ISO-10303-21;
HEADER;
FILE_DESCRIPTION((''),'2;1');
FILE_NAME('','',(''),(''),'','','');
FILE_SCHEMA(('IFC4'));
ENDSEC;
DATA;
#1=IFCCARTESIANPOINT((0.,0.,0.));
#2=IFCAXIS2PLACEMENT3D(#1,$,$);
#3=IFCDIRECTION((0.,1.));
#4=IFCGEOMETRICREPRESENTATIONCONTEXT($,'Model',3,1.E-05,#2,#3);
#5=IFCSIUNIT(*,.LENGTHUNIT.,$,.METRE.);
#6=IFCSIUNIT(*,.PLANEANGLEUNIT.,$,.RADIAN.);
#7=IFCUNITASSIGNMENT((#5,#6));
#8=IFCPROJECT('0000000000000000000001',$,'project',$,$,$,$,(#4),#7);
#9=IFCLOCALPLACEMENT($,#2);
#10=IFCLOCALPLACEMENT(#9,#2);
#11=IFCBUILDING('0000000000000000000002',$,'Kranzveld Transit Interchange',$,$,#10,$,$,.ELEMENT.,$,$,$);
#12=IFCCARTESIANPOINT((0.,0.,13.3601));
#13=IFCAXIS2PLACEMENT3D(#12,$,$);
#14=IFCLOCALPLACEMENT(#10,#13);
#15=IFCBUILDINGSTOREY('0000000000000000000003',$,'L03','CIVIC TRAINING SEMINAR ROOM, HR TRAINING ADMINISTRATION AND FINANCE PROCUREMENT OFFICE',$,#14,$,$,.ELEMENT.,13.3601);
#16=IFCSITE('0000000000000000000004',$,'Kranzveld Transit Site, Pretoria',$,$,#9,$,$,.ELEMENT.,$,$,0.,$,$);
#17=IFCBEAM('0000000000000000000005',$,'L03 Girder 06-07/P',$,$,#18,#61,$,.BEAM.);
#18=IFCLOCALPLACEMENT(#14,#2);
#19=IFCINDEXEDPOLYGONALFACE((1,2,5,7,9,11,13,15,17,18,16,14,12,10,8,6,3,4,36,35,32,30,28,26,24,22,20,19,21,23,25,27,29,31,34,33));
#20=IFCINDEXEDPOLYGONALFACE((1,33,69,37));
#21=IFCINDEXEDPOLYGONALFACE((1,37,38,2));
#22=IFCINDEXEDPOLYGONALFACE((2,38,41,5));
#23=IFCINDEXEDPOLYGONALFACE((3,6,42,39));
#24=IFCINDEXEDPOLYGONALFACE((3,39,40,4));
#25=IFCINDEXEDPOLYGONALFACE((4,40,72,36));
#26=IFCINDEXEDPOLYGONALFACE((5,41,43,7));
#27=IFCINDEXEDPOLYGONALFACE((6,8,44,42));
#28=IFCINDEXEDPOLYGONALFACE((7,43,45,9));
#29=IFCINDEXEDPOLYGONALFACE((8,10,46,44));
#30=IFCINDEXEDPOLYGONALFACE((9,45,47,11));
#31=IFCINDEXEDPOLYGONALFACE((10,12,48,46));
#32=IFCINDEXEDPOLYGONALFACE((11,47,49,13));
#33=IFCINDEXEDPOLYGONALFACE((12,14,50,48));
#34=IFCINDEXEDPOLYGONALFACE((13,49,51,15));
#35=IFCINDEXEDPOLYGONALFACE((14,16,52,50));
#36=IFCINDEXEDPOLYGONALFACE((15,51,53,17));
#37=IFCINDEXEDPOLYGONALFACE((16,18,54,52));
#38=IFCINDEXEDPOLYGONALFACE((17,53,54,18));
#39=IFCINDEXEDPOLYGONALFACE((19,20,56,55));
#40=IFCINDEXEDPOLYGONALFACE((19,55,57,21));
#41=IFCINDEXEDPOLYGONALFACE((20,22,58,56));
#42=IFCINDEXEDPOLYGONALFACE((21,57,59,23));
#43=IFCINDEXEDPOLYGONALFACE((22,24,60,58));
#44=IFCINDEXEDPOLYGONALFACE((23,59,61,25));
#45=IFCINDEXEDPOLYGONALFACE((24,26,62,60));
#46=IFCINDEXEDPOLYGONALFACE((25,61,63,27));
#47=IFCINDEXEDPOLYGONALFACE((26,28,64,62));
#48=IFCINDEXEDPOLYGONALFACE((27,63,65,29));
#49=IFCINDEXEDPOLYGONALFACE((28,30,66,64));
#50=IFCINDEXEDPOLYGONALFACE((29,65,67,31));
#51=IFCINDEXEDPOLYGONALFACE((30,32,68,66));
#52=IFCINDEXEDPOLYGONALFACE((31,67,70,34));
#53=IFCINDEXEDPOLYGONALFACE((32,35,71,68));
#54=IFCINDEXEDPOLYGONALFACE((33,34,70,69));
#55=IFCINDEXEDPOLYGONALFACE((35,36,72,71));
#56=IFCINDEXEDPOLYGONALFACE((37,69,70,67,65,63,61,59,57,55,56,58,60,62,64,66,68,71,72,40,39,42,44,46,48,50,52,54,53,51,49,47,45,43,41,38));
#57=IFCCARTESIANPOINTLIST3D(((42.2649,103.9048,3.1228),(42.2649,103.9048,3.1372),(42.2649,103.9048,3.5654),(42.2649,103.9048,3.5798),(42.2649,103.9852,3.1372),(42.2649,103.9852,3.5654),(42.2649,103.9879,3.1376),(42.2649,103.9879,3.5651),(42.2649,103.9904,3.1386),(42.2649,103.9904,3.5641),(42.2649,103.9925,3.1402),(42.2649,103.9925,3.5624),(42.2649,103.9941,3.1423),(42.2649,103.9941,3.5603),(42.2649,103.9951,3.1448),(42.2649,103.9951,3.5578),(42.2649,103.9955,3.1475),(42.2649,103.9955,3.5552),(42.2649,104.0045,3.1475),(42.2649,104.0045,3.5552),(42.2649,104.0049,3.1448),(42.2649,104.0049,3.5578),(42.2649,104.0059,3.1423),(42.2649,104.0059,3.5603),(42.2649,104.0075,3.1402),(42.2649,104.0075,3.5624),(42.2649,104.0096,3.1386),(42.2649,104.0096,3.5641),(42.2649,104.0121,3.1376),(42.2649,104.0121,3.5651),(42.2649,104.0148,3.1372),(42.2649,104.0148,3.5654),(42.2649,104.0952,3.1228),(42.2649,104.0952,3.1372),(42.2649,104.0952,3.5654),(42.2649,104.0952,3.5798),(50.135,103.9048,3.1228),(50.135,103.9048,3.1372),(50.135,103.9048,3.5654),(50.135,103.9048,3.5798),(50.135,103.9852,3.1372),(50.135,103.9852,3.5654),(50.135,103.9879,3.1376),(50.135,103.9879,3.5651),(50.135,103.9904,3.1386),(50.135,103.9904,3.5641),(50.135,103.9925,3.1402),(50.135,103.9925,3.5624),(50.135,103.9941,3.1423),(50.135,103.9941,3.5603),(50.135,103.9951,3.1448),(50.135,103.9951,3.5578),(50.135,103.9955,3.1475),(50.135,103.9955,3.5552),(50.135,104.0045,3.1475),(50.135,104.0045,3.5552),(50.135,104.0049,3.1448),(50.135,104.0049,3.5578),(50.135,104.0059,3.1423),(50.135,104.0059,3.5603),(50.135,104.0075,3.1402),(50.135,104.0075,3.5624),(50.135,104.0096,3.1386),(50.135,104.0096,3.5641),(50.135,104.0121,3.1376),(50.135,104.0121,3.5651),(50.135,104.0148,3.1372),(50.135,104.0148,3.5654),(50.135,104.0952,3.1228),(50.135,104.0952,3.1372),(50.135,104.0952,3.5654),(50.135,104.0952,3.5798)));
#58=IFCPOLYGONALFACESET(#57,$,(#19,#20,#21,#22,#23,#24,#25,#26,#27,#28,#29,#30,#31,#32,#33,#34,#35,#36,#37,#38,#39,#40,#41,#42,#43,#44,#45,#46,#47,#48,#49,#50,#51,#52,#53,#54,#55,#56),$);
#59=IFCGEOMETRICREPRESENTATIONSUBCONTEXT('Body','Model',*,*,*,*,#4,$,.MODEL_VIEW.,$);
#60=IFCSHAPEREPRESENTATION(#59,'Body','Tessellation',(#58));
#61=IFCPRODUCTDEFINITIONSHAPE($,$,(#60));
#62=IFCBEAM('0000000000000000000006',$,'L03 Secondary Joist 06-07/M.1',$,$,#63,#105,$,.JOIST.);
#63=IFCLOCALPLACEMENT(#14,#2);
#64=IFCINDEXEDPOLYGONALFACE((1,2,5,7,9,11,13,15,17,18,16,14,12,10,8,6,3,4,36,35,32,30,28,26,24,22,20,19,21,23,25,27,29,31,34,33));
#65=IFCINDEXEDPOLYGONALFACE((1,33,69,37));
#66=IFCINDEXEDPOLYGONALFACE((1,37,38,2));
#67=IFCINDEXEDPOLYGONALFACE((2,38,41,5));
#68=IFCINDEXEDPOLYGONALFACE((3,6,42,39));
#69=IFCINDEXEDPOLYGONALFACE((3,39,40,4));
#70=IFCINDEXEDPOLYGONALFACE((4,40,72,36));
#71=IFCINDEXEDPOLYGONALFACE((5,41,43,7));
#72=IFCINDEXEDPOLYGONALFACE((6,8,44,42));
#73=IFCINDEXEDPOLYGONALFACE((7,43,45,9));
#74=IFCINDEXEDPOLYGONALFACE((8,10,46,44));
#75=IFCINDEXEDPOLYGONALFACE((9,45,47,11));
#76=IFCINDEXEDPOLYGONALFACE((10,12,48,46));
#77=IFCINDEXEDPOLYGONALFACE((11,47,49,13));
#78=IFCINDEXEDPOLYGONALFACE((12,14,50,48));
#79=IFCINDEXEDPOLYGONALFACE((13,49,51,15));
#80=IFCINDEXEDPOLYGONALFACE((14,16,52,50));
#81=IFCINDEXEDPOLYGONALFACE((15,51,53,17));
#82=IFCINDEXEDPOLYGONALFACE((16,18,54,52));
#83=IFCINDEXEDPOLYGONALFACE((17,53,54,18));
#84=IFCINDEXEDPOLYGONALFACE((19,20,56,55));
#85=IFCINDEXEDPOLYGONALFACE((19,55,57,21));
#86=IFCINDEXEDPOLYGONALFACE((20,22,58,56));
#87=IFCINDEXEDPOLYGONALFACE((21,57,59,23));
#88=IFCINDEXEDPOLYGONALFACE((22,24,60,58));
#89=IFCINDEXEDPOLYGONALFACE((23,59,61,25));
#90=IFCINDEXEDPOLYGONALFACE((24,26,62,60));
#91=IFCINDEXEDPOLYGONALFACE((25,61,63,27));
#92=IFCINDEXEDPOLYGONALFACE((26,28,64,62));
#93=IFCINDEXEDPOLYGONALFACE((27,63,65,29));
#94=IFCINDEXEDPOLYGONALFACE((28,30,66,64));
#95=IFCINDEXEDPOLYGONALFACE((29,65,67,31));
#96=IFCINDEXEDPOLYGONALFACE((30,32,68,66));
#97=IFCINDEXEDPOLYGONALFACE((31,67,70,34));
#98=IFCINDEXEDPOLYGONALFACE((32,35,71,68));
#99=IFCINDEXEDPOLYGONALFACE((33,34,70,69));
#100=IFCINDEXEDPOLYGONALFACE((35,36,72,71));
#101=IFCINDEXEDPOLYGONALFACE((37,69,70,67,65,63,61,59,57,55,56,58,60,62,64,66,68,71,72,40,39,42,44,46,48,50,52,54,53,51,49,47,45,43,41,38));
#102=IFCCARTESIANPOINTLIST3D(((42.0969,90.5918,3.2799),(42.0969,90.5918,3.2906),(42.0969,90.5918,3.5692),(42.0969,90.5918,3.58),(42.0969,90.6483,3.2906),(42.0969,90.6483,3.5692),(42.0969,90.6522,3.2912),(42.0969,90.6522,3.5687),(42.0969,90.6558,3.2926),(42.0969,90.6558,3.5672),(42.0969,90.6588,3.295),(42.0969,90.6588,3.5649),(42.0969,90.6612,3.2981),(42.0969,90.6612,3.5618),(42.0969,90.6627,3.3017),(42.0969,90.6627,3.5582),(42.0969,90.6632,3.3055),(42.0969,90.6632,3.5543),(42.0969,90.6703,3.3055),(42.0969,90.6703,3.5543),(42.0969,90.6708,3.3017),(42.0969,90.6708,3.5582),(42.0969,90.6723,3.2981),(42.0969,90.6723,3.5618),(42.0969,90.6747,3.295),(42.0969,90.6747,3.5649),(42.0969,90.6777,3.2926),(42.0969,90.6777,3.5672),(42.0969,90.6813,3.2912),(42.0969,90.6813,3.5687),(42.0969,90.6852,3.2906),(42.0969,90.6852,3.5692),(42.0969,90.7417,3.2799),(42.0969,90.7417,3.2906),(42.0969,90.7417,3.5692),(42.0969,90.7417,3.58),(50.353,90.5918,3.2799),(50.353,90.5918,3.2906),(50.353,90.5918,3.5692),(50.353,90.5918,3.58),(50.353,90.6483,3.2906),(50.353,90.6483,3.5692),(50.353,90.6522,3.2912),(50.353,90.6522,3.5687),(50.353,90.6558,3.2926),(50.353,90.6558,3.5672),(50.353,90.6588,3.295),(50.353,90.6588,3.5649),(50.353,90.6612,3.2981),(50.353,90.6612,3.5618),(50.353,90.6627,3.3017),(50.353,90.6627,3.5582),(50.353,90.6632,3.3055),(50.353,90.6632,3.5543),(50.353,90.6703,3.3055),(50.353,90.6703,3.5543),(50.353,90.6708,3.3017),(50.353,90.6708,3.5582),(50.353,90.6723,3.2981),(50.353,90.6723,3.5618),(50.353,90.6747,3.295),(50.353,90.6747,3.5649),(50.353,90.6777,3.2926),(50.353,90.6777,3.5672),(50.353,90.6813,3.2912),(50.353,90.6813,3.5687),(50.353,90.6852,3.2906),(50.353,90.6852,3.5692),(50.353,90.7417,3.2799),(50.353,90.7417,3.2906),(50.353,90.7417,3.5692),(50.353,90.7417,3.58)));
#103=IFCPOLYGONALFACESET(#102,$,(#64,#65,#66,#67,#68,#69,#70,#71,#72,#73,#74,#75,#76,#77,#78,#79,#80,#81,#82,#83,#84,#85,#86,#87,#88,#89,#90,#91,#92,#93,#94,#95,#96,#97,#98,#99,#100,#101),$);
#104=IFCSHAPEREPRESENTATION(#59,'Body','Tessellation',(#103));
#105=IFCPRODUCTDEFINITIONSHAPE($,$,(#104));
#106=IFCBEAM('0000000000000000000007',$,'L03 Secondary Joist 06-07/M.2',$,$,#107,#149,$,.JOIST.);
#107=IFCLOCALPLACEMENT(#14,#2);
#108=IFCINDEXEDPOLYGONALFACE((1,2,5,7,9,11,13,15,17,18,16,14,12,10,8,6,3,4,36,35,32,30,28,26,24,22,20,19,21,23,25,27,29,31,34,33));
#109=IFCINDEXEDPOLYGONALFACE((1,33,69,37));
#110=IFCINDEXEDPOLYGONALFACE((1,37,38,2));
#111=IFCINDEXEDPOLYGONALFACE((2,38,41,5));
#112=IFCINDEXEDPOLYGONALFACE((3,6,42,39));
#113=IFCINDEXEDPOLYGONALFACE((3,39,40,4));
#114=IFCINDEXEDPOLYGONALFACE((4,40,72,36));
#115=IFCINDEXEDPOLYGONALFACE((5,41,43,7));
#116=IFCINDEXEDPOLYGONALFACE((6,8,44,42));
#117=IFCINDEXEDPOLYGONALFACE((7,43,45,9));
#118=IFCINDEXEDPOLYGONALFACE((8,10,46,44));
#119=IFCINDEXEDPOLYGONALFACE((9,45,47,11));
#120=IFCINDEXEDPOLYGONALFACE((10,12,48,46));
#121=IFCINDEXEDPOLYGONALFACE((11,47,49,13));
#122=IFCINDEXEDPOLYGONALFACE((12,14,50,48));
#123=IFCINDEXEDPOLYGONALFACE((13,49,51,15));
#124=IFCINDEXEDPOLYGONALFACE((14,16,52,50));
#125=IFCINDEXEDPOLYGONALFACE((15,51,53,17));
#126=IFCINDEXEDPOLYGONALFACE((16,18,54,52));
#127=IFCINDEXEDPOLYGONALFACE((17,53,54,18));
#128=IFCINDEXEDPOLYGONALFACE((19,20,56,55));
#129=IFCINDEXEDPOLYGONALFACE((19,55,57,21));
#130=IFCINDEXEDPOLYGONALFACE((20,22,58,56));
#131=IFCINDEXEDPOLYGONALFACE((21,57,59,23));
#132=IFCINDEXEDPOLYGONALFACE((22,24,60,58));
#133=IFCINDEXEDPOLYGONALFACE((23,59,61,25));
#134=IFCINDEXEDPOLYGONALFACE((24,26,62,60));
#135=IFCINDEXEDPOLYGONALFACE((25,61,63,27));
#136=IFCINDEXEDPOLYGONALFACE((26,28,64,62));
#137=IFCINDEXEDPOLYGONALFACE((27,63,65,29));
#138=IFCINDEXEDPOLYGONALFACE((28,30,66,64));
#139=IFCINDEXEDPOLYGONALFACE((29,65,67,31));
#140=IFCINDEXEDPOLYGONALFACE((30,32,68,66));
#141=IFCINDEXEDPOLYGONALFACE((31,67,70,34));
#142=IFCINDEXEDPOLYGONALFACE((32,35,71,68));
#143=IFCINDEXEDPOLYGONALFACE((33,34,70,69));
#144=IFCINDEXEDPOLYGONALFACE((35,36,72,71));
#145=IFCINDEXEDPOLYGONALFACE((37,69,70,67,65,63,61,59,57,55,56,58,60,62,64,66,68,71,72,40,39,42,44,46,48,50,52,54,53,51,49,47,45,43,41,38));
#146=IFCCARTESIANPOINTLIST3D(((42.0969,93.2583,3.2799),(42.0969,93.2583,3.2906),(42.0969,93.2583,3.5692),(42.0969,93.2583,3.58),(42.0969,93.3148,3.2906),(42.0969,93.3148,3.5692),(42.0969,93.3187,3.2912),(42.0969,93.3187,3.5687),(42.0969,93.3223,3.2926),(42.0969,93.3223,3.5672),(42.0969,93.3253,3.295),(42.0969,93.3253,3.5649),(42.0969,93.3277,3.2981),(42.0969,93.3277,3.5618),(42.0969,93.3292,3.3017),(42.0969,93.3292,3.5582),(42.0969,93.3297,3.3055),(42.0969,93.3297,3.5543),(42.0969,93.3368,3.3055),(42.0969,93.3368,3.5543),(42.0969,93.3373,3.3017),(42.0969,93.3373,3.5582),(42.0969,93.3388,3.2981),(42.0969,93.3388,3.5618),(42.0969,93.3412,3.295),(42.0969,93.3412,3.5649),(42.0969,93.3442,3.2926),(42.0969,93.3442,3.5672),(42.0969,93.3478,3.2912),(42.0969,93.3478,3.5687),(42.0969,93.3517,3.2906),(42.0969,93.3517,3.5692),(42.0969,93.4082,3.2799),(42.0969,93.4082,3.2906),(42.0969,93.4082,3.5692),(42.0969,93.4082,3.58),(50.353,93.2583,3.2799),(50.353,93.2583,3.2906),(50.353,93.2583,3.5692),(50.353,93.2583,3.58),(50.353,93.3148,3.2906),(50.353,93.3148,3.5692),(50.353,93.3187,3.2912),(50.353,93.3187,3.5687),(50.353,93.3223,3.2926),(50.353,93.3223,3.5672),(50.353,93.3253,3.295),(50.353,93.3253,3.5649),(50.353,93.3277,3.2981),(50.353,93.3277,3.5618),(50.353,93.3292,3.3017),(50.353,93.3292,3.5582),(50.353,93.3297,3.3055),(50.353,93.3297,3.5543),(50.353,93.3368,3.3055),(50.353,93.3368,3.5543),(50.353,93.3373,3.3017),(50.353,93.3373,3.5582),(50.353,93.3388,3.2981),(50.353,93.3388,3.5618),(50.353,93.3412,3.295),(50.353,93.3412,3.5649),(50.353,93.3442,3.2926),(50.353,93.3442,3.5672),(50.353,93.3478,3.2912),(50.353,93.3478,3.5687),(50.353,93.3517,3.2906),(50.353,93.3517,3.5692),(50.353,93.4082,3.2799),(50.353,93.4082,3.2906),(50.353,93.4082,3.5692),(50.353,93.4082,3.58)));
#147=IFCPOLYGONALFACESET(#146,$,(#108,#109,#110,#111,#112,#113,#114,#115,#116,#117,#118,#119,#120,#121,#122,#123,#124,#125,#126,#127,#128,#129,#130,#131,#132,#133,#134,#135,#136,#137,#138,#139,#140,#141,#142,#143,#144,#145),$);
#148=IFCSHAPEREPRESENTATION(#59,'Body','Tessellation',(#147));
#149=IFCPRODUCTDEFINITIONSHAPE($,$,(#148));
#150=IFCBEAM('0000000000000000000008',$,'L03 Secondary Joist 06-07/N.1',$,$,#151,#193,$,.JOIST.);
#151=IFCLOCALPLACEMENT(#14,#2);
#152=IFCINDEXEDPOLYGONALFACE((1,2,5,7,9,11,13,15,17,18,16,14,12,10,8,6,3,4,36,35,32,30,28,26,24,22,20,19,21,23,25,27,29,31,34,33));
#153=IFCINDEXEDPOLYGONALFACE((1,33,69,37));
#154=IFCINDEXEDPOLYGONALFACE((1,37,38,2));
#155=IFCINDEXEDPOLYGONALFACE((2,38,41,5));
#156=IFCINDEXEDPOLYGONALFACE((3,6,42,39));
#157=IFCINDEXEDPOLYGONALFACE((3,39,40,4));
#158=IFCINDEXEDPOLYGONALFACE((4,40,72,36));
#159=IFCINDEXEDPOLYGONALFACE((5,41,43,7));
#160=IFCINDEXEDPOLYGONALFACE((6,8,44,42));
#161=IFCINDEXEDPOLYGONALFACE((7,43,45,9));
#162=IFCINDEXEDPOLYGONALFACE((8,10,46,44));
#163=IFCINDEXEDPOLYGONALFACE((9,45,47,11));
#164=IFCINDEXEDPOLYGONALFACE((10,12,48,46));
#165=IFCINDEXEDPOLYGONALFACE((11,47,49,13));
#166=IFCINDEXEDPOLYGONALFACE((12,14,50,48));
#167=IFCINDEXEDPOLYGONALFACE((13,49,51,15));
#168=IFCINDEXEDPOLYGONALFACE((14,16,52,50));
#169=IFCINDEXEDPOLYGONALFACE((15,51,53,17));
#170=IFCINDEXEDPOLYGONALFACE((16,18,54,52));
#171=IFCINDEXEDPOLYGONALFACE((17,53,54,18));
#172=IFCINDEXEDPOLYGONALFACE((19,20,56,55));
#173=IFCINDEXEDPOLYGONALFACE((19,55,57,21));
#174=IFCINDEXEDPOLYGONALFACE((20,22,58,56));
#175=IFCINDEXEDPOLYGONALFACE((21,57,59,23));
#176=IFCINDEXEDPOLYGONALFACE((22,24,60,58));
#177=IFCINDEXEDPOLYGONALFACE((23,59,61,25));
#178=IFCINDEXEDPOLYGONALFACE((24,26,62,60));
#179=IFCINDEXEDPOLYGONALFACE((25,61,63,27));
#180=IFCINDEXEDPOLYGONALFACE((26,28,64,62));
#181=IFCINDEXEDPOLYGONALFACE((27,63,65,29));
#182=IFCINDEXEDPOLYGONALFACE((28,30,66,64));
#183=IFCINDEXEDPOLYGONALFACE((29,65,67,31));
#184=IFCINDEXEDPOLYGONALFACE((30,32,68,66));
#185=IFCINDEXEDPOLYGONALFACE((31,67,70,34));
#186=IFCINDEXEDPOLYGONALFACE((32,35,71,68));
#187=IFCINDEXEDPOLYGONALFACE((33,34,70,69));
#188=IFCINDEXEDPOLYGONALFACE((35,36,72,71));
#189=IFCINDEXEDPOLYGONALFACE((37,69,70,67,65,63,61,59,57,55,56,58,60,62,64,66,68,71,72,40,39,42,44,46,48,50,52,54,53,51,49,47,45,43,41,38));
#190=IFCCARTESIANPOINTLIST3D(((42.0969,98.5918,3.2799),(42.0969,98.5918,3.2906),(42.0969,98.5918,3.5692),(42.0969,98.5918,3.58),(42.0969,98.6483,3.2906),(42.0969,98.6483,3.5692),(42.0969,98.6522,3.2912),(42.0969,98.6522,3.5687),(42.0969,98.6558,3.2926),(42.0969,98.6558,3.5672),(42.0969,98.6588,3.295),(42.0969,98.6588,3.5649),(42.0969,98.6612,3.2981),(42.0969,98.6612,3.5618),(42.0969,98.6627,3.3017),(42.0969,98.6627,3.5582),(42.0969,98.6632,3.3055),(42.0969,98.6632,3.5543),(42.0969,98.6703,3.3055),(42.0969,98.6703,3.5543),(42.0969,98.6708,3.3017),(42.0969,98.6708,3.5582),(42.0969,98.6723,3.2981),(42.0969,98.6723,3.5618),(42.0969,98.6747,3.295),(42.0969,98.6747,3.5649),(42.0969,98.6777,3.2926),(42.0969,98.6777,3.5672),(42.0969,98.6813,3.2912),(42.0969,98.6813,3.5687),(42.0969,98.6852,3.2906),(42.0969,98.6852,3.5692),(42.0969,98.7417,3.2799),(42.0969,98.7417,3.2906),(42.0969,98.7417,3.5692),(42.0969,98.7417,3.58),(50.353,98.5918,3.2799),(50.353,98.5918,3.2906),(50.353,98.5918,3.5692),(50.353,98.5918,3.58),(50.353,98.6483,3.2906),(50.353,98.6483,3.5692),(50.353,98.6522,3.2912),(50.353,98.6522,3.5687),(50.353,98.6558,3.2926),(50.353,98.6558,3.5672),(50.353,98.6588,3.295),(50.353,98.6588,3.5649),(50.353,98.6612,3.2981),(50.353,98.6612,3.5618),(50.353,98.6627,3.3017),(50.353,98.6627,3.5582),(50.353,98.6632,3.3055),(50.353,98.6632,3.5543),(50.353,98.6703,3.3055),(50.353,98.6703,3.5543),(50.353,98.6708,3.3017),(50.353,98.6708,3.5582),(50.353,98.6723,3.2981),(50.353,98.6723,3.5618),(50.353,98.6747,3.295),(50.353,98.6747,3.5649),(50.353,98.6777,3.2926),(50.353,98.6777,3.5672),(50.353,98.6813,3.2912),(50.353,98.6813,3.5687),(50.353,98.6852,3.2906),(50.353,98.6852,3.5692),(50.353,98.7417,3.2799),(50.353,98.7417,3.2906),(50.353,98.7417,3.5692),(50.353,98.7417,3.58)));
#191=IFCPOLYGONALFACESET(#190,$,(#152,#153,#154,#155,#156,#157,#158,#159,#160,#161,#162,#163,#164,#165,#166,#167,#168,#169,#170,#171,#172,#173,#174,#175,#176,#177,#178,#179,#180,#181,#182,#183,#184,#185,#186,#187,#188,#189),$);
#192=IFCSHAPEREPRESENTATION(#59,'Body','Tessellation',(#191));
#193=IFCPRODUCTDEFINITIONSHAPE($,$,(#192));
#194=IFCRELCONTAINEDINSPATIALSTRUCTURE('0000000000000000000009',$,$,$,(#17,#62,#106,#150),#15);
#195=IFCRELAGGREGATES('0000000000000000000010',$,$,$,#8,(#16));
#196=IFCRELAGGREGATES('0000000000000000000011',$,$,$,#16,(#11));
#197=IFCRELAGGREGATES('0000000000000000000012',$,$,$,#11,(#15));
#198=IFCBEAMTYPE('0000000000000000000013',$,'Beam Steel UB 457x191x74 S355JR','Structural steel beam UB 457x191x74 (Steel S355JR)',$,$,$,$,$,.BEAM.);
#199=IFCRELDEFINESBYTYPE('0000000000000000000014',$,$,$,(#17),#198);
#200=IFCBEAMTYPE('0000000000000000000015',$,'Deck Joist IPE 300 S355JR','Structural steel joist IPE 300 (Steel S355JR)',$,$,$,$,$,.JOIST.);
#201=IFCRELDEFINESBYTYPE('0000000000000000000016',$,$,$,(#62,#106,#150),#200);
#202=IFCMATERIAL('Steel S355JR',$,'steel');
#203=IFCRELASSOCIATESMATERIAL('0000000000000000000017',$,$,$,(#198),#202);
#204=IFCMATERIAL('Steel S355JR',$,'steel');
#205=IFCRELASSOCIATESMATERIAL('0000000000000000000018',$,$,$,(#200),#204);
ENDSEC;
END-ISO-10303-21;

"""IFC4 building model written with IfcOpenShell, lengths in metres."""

from ifc_helpers import new_model, si_unit, direction, frame, origin, origin_2d, place, context, subcontext, project, spatial, i_section, extrude, material, material_profile, profile_set, type_object, element, save


model = new_model("IFC4")

# Units and contexts
model_context = context("Model", 3, precision=1e-05, world=origin(), true_north=direction((0.0, 1.0)))
body_context = subcontext(model_context, "Body", "Model", "MODEL_VIEW")
ifc_project = project(units=[si_unit("LENGTHUNIT", "METRE"), si_unit("PLANEANGLEUNIT", "RADIAN")], contexts=[model_context])

# Site, building, storey
site_placement = place(None, origin())
site = spatial("IfcSite", under=ifc_project, at=site_placement, Name="Kranzveld Transit Site, Pretoria", CompositionType="ELEMENT", RefElevation=0.0)
building_placement = place(site_placement, origin())
building = spatial("IfcBuilding", under=site, at=building_placement, Name="Kranzveld Transit Interchange", CompositionType="ELEMENT")
storey_placement = place(building_placement, frame((0.0, 0.0, 13.3601)))
storey = spatial("IfcBuildingStorey", under=building, at=storey_placement, Name="L03", Description="CIVIC TRAINING SEMINAR ROOM, HR TRAINING ADMINISTRATION AND FINANCE PROCUREMENT OFFICE", CompositionType="ELEMENT", Elevation=13.3601)

# Beams
ifc_material_1 = material(Name="Steel S355JR", Category="steel")
ifc_material_profile_1 = material_profile(ifc_material_1, i_section(OverallWidth=0.1904, OverallDepth=0.457, WebThickness=0.009, FlangeThickness=0.0144, FilletRadius=0.0103, at=origin_2d()), Name="UB 457x191x74")
ifc_profile_set_1 = profile_set([ifc_material_profile_1], Name="Steel S355JR")
beam_type_1 = type_object("IfcBeamType", Name="Beam Steel UB 457x191x74 S355JR", Description="Structural steel beam UB 457x191x74 (Steel S355JR)", PredefinedType="BEAM", material=ifc_profile_set_1)
for number, where, z_axis, x_axis, name in (
    (1, (42.2649, 104.0, 3.3513), (1.0, 0.0, 0.0), (0.0, 1.0, 0.0), "L03 Girder 06-07/P"),
):
    element("IfcBeam", number, at=place(storey_placement, frame(where, z_axis=z_axis, x_axis=x_axis)), inside=storey, type_object=beam_type_1, Name=name, PredefinedType="BEAM", context=body_context, shape_type="SweptSolid", body=[
        extrude(i_section(OverallWidth=0.1904, OverallDepth=0.457, WebThickness=0.009, FlangeThickness=0.0144, FilletRadius=0.0103, at=origin_2d()), origin(), (0.0, 0.0, 1.0), 7.8701),
    ])
ifc_material_2 = material(Name="Steel S355JR", Category="steel")
ifc_material_profile_2 = material_profile(ifc_material_2, i_section(OverallWidth=0.1499, OverallDepth=0.3, WebThickness=0.0071, FlangeThickness=0.0107, FilletRadius=0.0149, at=origin_2d()), Name="IPE 300")
ifc_profile_set_2 = profile_set([ifc_material_profile_2], Name="Steel S355JR")
beam_type_2 = type_object("IfcBeamType", Name="Deck Joist IPE 300 S355JR", Description="Structural steel joist IPE 300 (Steel S355JR)", PredefinedType="JOIST", material=ifc_profile_set_2)
for number, where, z_axis, x_axis, name in (
    (2, (42.0969, 90.6667, 3.4299), (1.0, 0.0, 0.0), (0.0, 1.0, 0.0), "L03 Secondary Joist 06-07/M.1"),
    (3, (42.0969, 93.3333, 3.4299), (1.0, 0.0, 0.0), (0.0, 1.0, 0.0), "L03 Secondary Joist 06-07/M.2"),
    (4, (42.0969, 98.6667, 3.4299), (1.0, 0.0, 0.0), (0.0, 1.0, 0.0), "L03 Secondary Joist 06-07/N.1"),
):
    element("IfcBeam", number, at=place(storey_placement, frame(where, z_axis=z_axis, x_axis=x_axis)), inside=storey, type_object=beam_type_2, Name=name, PredefinedType="JOIST", context=body_context, shape_type="SweptSolid", body=[
        extrude(i_section(OverallWidth=0.1499, OverallDepth=0.3, WebThickness=0.0071, FlangeThickness=0.0107, FilletRadius=0.0149, at=origin_2d()), origin(), (0.0, 0.0, 1.0), 8.2561),
    ])

save(model, "model.ifc")
